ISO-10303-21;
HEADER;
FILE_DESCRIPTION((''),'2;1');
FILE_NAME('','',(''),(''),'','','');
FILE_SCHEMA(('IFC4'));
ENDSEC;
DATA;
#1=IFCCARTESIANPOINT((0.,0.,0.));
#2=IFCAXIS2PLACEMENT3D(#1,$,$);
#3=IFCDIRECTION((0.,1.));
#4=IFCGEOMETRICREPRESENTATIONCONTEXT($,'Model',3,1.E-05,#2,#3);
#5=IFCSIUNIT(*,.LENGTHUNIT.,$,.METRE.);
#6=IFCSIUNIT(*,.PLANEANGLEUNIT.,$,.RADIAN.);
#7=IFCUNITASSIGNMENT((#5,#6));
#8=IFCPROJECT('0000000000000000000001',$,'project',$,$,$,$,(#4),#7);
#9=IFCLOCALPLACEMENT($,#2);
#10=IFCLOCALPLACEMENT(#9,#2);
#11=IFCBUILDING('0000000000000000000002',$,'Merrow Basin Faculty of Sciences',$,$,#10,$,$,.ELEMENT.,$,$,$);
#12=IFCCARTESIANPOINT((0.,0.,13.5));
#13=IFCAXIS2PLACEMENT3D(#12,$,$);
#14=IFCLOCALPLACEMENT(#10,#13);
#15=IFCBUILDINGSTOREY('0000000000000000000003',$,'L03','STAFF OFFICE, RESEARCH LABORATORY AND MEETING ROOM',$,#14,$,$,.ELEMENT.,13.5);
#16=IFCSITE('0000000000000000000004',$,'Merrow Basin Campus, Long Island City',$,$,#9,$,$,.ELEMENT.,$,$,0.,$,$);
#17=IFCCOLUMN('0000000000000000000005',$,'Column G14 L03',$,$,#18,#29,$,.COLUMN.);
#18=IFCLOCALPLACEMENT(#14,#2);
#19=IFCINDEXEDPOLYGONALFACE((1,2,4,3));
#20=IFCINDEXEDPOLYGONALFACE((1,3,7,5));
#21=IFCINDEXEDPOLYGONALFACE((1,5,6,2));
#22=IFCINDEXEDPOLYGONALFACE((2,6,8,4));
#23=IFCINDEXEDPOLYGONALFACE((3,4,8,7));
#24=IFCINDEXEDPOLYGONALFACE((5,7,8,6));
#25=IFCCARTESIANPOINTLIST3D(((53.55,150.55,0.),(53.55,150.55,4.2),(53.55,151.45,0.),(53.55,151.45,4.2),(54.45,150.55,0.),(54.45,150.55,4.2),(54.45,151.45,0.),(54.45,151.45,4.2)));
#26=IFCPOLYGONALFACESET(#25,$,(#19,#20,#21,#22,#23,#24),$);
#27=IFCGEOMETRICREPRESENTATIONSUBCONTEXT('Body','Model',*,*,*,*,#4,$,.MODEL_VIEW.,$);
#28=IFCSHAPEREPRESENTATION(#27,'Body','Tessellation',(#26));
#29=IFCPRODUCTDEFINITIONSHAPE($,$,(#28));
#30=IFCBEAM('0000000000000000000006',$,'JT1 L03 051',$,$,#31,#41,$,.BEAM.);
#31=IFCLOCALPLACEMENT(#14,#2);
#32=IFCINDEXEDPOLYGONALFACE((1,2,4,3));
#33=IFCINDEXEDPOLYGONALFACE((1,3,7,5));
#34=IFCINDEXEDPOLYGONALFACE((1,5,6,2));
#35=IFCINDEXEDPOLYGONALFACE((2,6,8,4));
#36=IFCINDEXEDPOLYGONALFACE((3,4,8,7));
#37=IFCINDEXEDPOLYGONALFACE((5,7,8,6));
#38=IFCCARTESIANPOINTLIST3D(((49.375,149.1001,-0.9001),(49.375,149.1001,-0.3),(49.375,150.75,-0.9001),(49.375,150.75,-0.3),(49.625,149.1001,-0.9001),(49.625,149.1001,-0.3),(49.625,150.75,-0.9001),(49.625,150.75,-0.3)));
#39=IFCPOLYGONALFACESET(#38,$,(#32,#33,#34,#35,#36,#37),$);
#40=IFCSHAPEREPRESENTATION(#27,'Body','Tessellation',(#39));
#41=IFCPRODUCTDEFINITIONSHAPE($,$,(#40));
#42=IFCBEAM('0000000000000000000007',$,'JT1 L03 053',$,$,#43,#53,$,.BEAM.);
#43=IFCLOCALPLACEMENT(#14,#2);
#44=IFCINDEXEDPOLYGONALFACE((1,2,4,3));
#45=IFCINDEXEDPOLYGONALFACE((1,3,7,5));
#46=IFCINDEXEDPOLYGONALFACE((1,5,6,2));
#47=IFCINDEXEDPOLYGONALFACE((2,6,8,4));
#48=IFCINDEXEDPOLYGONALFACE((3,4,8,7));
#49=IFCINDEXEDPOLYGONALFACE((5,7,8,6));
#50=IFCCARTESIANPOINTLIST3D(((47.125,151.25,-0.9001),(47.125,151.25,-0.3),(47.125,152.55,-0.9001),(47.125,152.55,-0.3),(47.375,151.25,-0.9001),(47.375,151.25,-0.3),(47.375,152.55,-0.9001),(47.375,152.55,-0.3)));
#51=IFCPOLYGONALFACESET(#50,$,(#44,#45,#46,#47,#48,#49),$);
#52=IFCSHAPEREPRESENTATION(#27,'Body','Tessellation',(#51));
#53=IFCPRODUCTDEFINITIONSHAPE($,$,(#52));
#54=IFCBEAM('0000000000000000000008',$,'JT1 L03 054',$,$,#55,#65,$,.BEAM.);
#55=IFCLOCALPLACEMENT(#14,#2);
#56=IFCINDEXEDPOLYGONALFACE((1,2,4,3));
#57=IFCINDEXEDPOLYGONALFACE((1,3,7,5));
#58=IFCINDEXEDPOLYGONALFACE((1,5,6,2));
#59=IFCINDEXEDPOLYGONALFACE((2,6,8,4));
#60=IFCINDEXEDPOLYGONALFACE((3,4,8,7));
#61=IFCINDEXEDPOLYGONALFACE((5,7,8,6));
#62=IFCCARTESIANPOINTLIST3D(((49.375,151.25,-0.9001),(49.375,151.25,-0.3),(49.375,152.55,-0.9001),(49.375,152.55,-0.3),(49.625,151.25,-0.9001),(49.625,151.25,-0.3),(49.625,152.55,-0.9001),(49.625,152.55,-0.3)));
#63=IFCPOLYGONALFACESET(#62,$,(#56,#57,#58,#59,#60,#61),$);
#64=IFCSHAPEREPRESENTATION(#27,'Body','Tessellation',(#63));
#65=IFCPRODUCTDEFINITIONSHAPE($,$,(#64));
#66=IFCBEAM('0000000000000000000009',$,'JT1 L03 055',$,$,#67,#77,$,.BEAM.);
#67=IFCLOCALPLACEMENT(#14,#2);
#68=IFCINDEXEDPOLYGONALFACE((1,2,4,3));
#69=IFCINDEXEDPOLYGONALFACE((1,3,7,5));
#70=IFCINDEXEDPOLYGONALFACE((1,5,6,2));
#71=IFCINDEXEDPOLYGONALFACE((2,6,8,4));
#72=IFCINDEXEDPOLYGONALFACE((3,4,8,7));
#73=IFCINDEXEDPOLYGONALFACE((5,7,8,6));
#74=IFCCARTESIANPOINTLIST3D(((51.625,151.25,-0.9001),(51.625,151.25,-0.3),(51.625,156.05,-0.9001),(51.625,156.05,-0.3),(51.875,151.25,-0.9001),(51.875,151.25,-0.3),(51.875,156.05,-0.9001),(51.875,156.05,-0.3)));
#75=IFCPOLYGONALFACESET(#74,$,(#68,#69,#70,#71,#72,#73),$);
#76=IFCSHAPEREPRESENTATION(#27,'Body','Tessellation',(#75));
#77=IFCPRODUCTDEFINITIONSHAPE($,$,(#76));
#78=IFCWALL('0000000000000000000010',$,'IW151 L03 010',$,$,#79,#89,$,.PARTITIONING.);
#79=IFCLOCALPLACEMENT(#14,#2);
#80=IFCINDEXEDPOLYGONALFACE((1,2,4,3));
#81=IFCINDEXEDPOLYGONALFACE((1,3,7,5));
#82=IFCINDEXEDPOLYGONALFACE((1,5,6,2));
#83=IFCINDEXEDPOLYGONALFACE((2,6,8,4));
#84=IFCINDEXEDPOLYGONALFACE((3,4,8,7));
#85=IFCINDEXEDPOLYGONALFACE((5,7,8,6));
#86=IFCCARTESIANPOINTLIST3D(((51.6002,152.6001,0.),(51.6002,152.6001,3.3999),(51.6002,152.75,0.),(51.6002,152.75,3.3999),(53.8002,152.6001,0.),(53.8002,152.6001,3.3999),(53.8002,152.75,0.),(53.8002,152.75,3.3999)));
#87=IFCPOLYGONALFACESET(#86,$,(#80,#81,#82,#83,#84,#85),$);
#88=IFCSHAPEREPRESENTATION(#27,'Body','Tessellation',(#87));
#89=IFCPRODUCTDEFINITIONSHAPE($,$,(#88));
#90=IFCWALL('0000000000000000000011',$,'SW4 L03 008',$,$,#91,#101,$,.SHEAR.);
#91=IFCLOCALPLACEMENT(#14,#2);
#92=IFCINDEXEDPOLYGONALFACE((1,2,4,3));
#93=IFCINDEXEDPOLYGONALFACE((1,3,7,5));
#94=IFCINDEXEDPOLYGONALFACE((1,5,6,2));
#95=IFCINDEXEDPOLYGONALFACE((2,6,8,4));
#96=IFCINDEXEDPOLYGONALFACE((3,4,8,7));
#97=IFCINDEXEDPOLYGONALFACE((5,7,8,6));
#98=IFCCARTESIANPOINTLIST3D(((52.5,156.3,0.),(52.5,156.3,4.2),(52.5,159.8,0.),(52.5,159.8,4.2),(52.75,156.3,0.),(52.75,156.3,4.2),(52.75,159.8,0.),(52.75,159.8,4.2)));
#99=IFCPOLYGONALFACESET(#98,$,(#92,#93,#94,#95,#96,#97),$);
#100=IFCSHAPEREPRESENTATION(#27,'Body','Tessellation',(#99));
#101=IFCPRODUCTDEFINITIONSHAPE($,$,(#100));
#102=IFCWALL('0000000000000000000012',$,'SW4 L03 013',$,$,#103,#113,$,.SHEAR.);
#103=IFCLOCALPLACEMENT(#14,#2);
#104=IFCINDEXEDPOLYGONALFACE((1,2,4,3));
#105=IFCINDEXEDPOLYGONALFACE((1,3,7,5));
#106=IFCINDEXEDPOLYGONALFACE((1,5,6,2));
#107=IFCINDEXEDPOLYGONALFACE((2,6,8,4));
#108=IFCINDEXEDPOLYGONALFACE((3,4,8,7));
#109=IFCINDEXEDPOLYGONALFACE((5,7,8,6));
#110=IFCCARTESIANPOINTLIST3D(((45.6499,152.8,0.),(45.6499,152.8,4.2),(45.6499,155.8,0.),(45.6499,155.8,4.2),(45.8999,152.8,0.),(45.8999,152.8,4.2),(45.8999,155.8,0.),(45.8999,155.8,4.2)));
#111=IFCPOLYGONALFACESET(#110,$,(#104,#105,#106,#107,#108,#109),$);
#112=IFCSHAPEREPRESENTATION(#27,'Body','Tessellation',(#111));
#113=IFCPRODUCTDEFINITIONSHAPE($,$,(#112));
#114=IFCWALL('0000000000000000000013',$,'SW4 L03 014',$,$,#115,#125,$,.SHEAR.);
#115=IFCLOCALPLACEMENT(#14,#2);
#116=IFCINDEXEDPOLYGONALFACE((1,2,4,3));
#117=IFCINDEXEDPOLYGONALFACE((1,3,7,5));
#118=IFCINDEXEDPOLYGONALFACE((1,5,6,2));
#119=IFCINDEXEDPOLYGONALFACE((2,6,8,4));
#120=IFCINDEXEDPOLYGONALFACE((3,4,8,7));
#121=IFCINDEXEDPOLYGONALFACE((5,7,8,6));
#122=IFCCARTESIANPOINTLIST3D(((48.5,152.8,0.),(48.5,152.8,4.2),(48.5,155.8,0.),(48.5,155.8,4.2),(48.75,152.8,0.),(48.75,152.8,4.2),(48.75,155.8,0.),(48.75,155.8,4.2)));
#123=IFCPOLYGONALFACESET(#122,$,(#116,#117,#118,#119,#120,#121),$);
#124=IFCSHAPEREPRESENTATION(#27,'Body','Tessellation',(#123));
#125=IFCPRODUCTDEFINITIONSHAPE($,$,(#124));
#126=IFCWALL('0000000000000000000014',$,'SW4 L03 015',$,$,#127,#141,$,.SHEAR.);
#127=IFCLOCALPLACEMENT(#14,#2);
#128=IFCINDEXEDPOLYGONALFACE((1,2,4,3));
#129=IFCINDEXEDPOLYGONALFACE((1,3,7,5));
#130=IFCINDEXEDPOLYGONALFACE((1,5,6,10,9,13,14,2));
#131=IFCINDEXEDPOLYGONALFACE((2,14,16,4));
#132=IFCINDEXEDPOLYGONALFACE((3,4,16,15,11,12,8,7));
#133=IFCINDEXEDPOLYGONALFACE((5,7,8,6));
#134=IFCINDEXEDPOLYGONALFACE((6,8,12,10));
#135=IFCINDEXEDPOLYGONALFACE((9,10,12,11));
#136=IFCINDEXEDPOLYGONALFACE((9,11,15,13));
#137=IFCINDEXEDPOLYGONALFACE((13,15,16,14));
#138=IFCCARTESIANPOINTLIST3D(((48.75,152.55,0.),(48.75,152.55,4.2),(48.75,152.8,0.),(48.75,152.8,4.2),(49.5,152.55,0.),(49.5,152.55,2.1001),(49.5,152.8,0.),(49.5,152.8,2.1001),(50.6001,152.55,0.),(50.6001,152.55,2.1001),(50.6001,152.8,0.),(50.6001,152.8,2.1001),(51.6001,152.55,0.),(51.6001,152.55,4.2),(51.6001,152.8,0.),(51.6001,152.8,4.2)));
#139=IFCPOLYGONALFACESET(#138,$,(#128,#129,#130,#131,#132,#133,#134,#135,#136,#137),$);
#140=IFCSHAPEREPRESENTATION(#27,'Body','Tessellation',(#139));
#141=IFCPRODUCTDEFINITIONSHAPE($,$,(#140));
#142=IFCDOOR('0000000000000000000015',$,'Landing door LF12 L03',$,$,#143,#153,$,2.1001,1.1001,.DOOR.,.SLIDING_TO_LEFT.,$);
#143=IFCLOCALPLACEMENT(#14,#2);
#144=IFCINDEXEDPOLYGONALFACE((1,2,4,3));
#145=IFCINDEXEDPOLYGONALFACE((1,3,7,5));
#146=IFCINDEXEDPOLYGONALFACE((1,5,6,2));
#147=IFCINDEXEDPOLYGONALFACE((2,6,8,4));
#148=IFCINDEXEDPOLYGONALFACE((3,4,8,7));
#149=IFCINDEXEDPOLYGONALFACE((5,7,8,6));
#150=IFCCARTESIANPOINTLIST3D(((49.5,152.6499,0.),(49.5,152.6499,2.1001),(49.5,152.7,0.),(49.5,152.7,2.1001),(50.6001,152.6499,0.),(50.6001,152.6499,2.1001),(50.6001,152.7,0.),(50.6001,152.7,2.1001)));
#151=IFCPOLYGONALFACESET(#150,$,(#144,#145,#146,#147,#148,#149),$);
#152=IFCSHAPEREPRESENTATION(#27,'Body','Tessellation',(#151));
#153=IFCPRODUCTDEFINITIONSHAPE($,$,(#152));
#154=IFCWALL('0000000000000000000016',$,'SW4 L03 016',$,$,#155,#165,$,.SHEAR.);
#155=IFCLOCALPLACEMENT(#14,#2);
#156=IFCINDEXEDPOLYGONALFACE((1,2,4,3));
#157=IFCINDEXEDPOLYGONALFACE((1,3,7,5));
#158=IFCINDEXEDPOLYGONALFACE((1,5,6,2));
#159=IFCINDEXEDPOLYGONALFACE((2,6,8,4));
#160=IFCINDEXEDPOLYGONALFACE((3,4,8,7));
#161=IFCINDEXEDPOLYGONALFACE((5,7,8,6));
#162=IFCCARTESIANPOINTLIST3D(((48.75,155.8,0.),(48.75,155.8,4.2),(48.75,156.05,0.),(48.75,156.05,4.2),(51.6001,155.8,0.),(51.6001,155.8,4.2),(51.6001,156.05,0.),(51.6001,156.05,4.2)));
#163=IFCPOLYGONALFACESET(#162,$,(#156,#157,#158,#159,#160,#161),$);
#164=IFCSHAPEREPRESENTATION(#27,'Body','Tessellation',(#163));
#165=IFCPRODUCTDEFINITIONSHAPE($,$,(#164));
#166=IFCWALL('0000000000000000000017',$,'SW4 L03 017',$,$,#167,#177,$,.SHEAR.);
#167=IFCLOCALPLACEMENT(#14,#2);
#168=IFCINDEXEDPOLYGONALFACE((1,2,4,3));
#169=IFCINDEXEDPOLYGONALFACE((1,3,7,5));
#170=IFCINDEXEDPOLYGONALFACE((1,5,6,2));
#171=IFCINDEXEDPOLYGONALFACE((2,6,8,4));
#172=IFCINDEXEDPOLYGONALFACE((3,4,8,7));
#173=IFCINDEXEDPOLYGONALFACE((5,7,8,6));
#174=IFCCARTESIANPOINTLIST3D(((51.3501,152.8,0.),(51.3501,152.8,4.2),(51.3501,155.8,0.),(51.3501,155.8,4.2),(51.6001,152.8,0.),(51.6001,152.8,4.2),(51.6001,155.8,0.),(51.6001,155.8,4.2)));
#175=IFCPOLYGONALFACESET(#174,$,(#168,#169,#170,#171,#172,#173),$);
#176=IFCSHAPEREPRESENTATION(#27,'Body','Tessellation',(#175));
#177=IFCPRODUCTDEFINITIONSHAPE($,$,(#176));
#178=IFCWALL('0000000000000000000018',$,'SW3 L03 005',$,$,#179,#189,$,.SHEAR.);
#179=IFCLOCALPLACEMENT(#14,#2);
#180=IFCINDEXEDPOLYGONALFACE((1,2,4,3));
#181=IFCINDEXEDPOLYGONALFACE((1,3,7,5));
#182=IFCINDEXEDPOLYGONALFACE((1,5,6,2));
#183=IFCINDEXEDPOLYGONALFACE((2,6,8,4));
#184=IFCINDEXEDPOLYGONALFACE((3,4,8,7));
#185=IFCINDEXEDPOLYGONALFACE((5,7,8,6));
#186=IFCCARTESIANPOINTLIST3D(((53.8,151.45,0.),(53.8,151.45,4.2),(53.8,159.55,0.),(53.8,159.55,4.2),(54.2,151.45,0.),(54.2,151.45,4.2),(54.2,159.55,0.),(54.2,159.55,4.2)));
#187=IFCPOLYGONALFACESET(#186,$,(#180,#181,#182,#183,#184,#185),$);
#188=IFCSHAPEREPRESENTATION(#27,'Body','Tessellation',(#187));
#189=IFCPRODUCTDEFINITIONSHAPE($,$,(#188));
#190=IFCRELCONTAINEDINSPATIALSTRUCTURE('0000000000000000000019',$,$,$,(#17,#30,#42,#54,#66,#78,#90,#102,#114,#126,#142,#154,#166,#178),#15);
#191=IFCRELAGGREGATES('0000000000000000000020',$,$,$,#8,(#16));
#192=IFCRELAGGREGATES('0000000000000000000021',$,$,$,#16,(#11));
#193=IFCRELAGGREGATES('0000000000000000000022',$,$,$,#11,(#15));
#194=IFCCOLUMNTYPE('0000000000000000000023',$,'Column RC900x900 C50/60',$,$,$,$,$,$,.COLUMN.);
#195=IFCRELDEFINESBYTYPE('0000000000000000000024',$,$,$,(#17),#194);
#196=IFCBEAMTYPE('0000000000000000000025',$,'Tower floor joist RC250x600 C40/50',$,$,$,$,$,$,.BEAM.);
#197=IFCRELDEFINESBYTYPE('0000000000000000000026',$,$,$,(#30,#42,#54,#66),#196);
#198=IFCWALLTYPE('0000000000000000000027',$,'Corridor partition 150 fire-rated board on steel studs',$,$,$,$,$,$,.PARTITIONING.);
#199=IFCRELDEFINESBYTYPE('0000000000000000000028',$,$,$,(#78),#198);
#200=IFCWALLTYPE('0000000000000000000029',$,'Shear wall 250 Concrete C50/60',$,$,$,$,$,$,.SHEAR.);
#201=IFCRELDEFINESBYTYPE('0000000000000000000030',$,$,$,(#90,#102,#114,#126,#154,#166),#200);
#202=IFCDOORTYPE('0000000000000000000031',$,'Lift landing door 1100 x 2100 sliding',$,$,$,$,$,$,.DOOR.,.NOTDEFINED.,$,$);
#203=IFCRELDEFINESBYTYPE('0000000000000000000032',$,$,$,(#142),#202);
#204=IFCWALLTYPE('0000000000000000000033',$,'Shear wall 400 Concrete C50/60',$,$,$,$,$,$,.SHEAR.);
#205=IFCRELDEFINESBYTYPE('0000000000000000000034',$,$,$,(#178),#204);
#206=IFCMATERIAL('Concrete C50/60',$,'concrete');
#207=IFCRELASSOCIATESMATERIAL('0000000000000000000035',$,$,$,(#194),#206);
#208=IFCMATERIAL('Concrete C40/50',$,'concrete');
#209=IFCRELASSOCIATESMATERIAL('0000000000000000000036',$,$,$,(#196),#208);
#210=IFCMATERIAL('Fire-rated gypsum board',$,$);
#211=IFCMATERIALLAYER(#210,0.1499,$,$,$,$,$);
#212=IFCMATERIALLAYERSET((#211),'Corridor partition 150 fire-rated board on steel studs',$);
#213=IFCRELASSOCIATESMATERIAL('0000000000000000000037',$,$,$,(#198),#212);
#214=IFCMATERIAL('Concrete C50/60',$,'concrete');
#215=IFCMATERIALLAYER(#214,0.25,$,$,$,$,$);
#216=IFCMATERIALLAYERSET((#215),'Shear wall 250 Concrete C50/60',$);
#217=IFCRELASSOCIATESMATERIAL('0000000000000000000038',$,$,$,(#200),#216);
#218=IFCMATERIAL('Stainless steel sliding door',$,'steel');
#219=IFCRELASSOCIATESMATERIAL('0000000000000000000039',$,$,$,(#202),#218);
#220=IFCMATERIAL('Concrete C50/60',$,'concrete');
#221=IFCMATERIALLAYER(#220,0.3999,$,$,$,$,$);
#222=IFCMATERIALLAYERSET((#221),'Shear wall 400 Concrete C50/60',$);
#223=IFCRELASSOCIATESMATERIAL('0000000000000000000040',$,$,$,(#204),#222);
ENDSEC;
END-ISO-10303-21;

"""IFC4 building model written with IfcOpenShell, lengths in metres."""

from ifc_helpers import new_model, si_unit, direction, frame, frame_2d, origin, origin_2d, place, context, subcontext, project, spatial, rectangle, extrude, material, layer, layer_set, material_profile, profile_set, type_object, element, fill, save


model = new_model("IFC4")

# Units and contexts
model_context = context("Model", 3, precision=1e-05, world=origin(), true_north=direction((0.0, 1.0)))
body_context = subcontext(model_context, "Body", "Model", "MODEL_VIEW")
ifc_project = project(units=[si_unit("LENGTHUNIT", "METRE"), si_unit("PLANEANGLEUNIT", "RADIAN")], contexts=[model_context])

# Site, building, storey
site_placement = place(None, origin())
site = spatial("IfcSite", under=ifc_project, at=site_placement, Name="Merrow Basin Campus, Long Island City", CompositionType="ELEMENT", RefElevation=0.0)
building_placement = place(site_placement, origin())
building = spatial("IfcBuilding", under=site, at=building_placement, Name="Merrow Basin Faculty of Sciences", CompositionType="ELEMENT")
storey_placement = place(building_placement, frame((0.0, 0.0, 13.5)))
storey = spatial("IfcBuildingStorey", under=building, at=storey_placement, Name="L03", Description="STAFF OFFICE, RESEARCH LABORATORY AND MEETING ROOM", CompositionType="ELEMENT", Elevation=13.5)

# Column
ifc_material_1 = material(Name="Concrete C50/60", Category="concrete")
ifc_material_profile_1 = material_profile(ifc_material_1, rectangle(XDim=0.8999, YDim=0.8999, at=origin_2d()))
ifc_profile_set_1 = profile_set([ifc_material_profile_1], Name="Concrete C50/60")
column_type = type_object("IfcColumnType", Name="Column RC900x900 C50/60", PredefinedType="COLUMN", material=ifc_profile_set_1)
column_placement = place(storey_placement, frame((54.0, 151.0, 0.0), z_axis=(0.0, 0.0, 1.0), x_axis=(1.0, 0.0, 0.0)))
element("IfcColumn", 1, at=column_placement, inside=storey, type_object=column_type, Name="Column G14 L03", PredefinedType="COLUMN", context=body_context, shape_type="SweptSolid", body=[
    extrude(rectangle(XDim=0.8999, YDim=0.8999, at=origin_2d()), origin(), (0.0, 0.0, 1.0), 4.2),
])

# Beams
ifc_material_2 = material(Name="Concrete C40/50", Category="concrete")
ifc_material_profile_2 = material_profile(ifc_material_2, rectangle(XDim=0.25, YDim=0.6001, at=origin_2d()))
ifc_profile_set_2 = profile_set([ifc_material_profile_2], Name="Concrete C40/50")
beam_type = type_object("IfcBeamType", Name="Tower floor joist RC250x600 C40/50", PredefinedType="BEAM", material=ifc_profile_set_2)
beam_1_placement = place(storey_placement, frame((49.5, 149.1001, -0.6001), z_axis=(0.0, 1.0, 0.0), x_axis=(-1.0, 0.0, 0.0)))
element("IfcBeam", 2, at=beam_1_placement, inside=storey, type_object=beam_type, Name="JT1 L03 051", PredefinedType="BEAM", context=body_context, shape_type="SweptSolid", body=[
    extrude(rectangle(XDim=0.25, YDim=0.6001, at=origin_2d()), origin(), (0.0, 0.0, 1.0), 1.6499),
])
for number, where, z_axis, x_axis, name in (
    (3, (47.25, 151.25, -0.6001), (0.0, 1.0, 0.0), (-1.0, 0.0, 0.0), "JT1 L03 053"),
    (4, (49.5, 151.25, -0.6001), (0.0, 1.0, 0.0), (-1.0, 0.0, 0.0), "JT1 L03 054"),
):
    element("IfcBeam", number, at=place(storey_placement, frame(where, z_axis=z_axis, x_axis=x_axis)), inside=storey, type_object=beam_type, Name=name, PredefinedType="BEAM", context=body_context, shape_type="SweptSolid", body=[
        extrude(rectangle(XDim=0.25, YDim=0.6001, at=origin_2d()), origin(), (0.0, 0.0, 1.0), 1.3),
    ])
beam_2_placement = place(storey_placement, frame((51.75, 151.25, -0.6001), z_axis=(0.0, 1.0, 0.0), x_axis=(-1.0, 0.0, 0.0)))
element("IfcBeam", 5, at=beam_2_placement, inside=storey, type_object=beam_type, Name="JT1 L03 055", PredefinedType="BEAM", context=body_context, shape_type="SweptSolid", body=[
    extrude(rectangle(XDim=0.25, YDim=0.6001, at=origin_2d()), origin(), (0.0, 0.0, 1.0), 4.8),
])

# Walls
ifc_material_3 = material(Name="Fire-rated gypsum board")
ifc_layer_1 = layer(ifc_material_3, 0.1499)
ifc_layer_set_1 = layer_set([ifc_layer_1], Name="Corridor partition 150 fire-rated board on steel studs")
wall_type_1 = type_object("IfcWallType", Name="Corridor partition 150 fire-rated board on steel studs", PredefinedType="PARTITIONING", material=ifc_layer_set_1)
wall_1_placement = place(storey_placement, frame((51.6001, 152.675, 0.0), z_axis=(0.0, 0.0, 1.0), x_axis=(1.0, 0.0, 0.0)))
element("IfcWall", 6, at=wall_1_placement, inside=storey, type_object=wall_type_1, Name="IW151 L03 010", PredefinedType="PARTITIONING", context=body_context, shape_type="SweptSolid", body=[
    extrude(rectangle(XDim=2.2, YDim=0.1499, at=frame_2d((1.1001, 0.0))), origin(), (0.0, 0.0, 1.0), 3.3999),
])
ifc_material_4 = material(Name="Concrete C50/60", Category="concrete")
ifc_layer_2 = layer(ifc_material_4, 0.25)
ifc_layer_set_2 = layer_set([ifc_layer_2], Name="Shear wall 250 Concrete C50/60")
wall_type_2 = type_object("IfcWallType", Name="Shear wall 250 Concrete C50/60", PredefinedType="SHEAR", material=ifc_layer_set_2)
wall_2_placement = place(storey_placement, frame((52.625, 156.3, 0.0), z_axis=(0.0, 0.0, 1.0), x_axis=(0.0, 1.0, 0.0)))
element("IfcWall", 7, at=wall_2_placement, inside=storey, type_object=wall_type_2, Name="SW4 L03 008", PredefinedType="SHEAR", context=body_context, shape_type="SweptSolid", body=[
    extrude(rectangle(XDim=3.5, YDim=0.25, at=frame_2d((1.75, 0.0))), origin(), (0.0, 0.0, 1.0), 4.2),
])
for number, where, z_axis, x_axis, name in (
    (8, (45.7749, 152.8, 0.0), (0.0, 0.0, 1.0), (0.0, 1.0, 0.0), "SW4 L03 013"),
    (9, (48.625, 152.8, 0.0), (0.0, 0.0, 1.0), (0.0, 1.0, 0.0), "SW4 L03 014"),
):
    element("IfcWall", number, at=place(storey_placement, frame(where, z_axis=z_axis, x_axis=x_axis)), inside=storey, type_object=wall_type_2, Name=name, PredefinedType="SHEAR", context=body_context, shape_type="SweptSolid", body=[
        extrude(rectangle(XDim=3.0, YDim=0.25, at=frame_2d((1.5, 0.0))), origin(), (0.0, 0.0, 1.0), 4.2),
    ])

# Wall, opening, door
wall_3_placement = place(storey_placement, frame((48.75, 152.675, 0.0), z_axis=(0.0, 0.0, 1.0), x_axis=(1.0, 0.0, 0.0)))
wall_3 = element("IfcWall", 10, at=wall_3_placement, inside=storey, type_object=wall_type_2, Name="SW4 L03 015", PredefinedType="SHEAR", context=body_context, shape_type="SweptSolid", body=[
    extrude(rectangle(XDim=2.8501, YDim=0.25, at=frame_2d((1.425, 0.0))), origin(), (0.0, 0.0, 1.0), 4.2),
])
opening_placement = place(wall_3_placement, frame((0.75, 0.0, 0.0)))
opening = element("IfcOpeningElement", 11, at=opening_placement, cuts=wall_3, PredefinedType="OPENING", context=body_context, shape_type="SweptSolid", body=[
    extrude(rectangle(XDim=1.1001, YDim=2.1001, at=frame_2d((0.55, 1.05))), frame((0.0, 0.135, 0.0), z_axis=(0.0, -1.0, 0.0), x_axis=(1.0, 0.0, 0.0)), (0.0, 0.0, 1.0), 0.27),
])
ifc_material_5 = material(Name="Stainless steel sliding door", Category="steel")
door_type = type_object("IfcDoorType", Name="Lift landing door 1100 x 2100 sliding", OperationType="NOTDEFINED", PredefinedType="DOOR", material=ifc_material_5)
door_placement = place(opening_placement, origin())
door = element("IfcDoor", 12, at=door_placement, inside=storey, type_object=door_type, Name="Landing door LF12 L03", OperationType="SLIDING_TO_LEFT", OverallHeight=2.1001, OverallWidth=1.1001, PredefinedType="DOOR", context=body_context, shape_type="SweptSolid", body=[
    extrude(rectangle(XDim=1.1001, YDim=2.1001, at=frame_2d((0.55, 1.05))), frame((0.0, 0.0249, 0.0), z_axis=(0.0, -1.0, 0.0), x_axis=(1.0, 0.0, 0.0)), (0.0, 0.0, 1.0), 0.05),
])
fill(opening, door)

# Walls
wall_4_placement = place(storey_placement, frame((48.75, 155.925, 0.0), z_axis=(0.0, 0.0, 1.0), x_axis=(1.0, 0.0, 0.0)))
element("IfcWall", 13, at=wall_4_placement, inside=storey, type_object=wall_type_2, Name="SW4 L03 016", PredefinedType="SHEAR", context=body_context, shape_type="SweptSolid", body=[
    extrude(rectangle(XDim=2.8501, YDim=0.25, at=frame_2d((1.425, 0.0))), origin(), (0.0, 0.0, 1.0), 4.2),
])
wall_5_placement = place(storey_placement, frame((51.4751, 152.8, 0.0), z_axis=(0.0, 0.0, 1.0), x_axis=(0.0, 1.0, 0.0)))
element("IfcWall", 14, at=wall_5_placement, inside=storey, type_object=wall_type_2, Name="SW4 L03 017", PredefinedType="SHEAR", context=body_context, shape_type="SweptSolid", body=[
    extrude(rectangle(XDim=3.0, YDim=0.25, at=frame_2d((1.5, 0.0))), origin(), (0.0, 0.0, 1.0), 4.2),
])
ifc_material_6 = material(Name="Concrete C50/60", Category="concrete")
ifc_layer_3 = layer(ifc_material_6, 0.3999)
ifc_layer_set_3 = layer_set([ifc_layer_3], Name="Shear wall 400 Concrete C50/60")
wall_type_3 = type_object("IfcWallType", Name="Shear wall 400 Concrete C50/60", PredefinedType="SHEAR", material=ifc_layer_set_3)
wall_6_placement = place(storey_placement, frame((54.0, 151.45, 0.0), z_axis=(0.0, 0.0, 1.0), x_axis=(0.0, 1.0, 0.0)))
element("IfcWall", 15, at=wall_6_placement, inside=storey, type_object=wall_type_3, Name="SW3 L03 005", PredefinedType="SHEAR", context=body_context, shape_type="SweptSolid", body=[
    extrude(rectangle(XDim=8.1001, YDim=0.3999, at=frame_2d((4.05, 0.0))), origin(), (0.0, 0.0, 1.0), 4.2),
])

save(model, "model.ifc")
